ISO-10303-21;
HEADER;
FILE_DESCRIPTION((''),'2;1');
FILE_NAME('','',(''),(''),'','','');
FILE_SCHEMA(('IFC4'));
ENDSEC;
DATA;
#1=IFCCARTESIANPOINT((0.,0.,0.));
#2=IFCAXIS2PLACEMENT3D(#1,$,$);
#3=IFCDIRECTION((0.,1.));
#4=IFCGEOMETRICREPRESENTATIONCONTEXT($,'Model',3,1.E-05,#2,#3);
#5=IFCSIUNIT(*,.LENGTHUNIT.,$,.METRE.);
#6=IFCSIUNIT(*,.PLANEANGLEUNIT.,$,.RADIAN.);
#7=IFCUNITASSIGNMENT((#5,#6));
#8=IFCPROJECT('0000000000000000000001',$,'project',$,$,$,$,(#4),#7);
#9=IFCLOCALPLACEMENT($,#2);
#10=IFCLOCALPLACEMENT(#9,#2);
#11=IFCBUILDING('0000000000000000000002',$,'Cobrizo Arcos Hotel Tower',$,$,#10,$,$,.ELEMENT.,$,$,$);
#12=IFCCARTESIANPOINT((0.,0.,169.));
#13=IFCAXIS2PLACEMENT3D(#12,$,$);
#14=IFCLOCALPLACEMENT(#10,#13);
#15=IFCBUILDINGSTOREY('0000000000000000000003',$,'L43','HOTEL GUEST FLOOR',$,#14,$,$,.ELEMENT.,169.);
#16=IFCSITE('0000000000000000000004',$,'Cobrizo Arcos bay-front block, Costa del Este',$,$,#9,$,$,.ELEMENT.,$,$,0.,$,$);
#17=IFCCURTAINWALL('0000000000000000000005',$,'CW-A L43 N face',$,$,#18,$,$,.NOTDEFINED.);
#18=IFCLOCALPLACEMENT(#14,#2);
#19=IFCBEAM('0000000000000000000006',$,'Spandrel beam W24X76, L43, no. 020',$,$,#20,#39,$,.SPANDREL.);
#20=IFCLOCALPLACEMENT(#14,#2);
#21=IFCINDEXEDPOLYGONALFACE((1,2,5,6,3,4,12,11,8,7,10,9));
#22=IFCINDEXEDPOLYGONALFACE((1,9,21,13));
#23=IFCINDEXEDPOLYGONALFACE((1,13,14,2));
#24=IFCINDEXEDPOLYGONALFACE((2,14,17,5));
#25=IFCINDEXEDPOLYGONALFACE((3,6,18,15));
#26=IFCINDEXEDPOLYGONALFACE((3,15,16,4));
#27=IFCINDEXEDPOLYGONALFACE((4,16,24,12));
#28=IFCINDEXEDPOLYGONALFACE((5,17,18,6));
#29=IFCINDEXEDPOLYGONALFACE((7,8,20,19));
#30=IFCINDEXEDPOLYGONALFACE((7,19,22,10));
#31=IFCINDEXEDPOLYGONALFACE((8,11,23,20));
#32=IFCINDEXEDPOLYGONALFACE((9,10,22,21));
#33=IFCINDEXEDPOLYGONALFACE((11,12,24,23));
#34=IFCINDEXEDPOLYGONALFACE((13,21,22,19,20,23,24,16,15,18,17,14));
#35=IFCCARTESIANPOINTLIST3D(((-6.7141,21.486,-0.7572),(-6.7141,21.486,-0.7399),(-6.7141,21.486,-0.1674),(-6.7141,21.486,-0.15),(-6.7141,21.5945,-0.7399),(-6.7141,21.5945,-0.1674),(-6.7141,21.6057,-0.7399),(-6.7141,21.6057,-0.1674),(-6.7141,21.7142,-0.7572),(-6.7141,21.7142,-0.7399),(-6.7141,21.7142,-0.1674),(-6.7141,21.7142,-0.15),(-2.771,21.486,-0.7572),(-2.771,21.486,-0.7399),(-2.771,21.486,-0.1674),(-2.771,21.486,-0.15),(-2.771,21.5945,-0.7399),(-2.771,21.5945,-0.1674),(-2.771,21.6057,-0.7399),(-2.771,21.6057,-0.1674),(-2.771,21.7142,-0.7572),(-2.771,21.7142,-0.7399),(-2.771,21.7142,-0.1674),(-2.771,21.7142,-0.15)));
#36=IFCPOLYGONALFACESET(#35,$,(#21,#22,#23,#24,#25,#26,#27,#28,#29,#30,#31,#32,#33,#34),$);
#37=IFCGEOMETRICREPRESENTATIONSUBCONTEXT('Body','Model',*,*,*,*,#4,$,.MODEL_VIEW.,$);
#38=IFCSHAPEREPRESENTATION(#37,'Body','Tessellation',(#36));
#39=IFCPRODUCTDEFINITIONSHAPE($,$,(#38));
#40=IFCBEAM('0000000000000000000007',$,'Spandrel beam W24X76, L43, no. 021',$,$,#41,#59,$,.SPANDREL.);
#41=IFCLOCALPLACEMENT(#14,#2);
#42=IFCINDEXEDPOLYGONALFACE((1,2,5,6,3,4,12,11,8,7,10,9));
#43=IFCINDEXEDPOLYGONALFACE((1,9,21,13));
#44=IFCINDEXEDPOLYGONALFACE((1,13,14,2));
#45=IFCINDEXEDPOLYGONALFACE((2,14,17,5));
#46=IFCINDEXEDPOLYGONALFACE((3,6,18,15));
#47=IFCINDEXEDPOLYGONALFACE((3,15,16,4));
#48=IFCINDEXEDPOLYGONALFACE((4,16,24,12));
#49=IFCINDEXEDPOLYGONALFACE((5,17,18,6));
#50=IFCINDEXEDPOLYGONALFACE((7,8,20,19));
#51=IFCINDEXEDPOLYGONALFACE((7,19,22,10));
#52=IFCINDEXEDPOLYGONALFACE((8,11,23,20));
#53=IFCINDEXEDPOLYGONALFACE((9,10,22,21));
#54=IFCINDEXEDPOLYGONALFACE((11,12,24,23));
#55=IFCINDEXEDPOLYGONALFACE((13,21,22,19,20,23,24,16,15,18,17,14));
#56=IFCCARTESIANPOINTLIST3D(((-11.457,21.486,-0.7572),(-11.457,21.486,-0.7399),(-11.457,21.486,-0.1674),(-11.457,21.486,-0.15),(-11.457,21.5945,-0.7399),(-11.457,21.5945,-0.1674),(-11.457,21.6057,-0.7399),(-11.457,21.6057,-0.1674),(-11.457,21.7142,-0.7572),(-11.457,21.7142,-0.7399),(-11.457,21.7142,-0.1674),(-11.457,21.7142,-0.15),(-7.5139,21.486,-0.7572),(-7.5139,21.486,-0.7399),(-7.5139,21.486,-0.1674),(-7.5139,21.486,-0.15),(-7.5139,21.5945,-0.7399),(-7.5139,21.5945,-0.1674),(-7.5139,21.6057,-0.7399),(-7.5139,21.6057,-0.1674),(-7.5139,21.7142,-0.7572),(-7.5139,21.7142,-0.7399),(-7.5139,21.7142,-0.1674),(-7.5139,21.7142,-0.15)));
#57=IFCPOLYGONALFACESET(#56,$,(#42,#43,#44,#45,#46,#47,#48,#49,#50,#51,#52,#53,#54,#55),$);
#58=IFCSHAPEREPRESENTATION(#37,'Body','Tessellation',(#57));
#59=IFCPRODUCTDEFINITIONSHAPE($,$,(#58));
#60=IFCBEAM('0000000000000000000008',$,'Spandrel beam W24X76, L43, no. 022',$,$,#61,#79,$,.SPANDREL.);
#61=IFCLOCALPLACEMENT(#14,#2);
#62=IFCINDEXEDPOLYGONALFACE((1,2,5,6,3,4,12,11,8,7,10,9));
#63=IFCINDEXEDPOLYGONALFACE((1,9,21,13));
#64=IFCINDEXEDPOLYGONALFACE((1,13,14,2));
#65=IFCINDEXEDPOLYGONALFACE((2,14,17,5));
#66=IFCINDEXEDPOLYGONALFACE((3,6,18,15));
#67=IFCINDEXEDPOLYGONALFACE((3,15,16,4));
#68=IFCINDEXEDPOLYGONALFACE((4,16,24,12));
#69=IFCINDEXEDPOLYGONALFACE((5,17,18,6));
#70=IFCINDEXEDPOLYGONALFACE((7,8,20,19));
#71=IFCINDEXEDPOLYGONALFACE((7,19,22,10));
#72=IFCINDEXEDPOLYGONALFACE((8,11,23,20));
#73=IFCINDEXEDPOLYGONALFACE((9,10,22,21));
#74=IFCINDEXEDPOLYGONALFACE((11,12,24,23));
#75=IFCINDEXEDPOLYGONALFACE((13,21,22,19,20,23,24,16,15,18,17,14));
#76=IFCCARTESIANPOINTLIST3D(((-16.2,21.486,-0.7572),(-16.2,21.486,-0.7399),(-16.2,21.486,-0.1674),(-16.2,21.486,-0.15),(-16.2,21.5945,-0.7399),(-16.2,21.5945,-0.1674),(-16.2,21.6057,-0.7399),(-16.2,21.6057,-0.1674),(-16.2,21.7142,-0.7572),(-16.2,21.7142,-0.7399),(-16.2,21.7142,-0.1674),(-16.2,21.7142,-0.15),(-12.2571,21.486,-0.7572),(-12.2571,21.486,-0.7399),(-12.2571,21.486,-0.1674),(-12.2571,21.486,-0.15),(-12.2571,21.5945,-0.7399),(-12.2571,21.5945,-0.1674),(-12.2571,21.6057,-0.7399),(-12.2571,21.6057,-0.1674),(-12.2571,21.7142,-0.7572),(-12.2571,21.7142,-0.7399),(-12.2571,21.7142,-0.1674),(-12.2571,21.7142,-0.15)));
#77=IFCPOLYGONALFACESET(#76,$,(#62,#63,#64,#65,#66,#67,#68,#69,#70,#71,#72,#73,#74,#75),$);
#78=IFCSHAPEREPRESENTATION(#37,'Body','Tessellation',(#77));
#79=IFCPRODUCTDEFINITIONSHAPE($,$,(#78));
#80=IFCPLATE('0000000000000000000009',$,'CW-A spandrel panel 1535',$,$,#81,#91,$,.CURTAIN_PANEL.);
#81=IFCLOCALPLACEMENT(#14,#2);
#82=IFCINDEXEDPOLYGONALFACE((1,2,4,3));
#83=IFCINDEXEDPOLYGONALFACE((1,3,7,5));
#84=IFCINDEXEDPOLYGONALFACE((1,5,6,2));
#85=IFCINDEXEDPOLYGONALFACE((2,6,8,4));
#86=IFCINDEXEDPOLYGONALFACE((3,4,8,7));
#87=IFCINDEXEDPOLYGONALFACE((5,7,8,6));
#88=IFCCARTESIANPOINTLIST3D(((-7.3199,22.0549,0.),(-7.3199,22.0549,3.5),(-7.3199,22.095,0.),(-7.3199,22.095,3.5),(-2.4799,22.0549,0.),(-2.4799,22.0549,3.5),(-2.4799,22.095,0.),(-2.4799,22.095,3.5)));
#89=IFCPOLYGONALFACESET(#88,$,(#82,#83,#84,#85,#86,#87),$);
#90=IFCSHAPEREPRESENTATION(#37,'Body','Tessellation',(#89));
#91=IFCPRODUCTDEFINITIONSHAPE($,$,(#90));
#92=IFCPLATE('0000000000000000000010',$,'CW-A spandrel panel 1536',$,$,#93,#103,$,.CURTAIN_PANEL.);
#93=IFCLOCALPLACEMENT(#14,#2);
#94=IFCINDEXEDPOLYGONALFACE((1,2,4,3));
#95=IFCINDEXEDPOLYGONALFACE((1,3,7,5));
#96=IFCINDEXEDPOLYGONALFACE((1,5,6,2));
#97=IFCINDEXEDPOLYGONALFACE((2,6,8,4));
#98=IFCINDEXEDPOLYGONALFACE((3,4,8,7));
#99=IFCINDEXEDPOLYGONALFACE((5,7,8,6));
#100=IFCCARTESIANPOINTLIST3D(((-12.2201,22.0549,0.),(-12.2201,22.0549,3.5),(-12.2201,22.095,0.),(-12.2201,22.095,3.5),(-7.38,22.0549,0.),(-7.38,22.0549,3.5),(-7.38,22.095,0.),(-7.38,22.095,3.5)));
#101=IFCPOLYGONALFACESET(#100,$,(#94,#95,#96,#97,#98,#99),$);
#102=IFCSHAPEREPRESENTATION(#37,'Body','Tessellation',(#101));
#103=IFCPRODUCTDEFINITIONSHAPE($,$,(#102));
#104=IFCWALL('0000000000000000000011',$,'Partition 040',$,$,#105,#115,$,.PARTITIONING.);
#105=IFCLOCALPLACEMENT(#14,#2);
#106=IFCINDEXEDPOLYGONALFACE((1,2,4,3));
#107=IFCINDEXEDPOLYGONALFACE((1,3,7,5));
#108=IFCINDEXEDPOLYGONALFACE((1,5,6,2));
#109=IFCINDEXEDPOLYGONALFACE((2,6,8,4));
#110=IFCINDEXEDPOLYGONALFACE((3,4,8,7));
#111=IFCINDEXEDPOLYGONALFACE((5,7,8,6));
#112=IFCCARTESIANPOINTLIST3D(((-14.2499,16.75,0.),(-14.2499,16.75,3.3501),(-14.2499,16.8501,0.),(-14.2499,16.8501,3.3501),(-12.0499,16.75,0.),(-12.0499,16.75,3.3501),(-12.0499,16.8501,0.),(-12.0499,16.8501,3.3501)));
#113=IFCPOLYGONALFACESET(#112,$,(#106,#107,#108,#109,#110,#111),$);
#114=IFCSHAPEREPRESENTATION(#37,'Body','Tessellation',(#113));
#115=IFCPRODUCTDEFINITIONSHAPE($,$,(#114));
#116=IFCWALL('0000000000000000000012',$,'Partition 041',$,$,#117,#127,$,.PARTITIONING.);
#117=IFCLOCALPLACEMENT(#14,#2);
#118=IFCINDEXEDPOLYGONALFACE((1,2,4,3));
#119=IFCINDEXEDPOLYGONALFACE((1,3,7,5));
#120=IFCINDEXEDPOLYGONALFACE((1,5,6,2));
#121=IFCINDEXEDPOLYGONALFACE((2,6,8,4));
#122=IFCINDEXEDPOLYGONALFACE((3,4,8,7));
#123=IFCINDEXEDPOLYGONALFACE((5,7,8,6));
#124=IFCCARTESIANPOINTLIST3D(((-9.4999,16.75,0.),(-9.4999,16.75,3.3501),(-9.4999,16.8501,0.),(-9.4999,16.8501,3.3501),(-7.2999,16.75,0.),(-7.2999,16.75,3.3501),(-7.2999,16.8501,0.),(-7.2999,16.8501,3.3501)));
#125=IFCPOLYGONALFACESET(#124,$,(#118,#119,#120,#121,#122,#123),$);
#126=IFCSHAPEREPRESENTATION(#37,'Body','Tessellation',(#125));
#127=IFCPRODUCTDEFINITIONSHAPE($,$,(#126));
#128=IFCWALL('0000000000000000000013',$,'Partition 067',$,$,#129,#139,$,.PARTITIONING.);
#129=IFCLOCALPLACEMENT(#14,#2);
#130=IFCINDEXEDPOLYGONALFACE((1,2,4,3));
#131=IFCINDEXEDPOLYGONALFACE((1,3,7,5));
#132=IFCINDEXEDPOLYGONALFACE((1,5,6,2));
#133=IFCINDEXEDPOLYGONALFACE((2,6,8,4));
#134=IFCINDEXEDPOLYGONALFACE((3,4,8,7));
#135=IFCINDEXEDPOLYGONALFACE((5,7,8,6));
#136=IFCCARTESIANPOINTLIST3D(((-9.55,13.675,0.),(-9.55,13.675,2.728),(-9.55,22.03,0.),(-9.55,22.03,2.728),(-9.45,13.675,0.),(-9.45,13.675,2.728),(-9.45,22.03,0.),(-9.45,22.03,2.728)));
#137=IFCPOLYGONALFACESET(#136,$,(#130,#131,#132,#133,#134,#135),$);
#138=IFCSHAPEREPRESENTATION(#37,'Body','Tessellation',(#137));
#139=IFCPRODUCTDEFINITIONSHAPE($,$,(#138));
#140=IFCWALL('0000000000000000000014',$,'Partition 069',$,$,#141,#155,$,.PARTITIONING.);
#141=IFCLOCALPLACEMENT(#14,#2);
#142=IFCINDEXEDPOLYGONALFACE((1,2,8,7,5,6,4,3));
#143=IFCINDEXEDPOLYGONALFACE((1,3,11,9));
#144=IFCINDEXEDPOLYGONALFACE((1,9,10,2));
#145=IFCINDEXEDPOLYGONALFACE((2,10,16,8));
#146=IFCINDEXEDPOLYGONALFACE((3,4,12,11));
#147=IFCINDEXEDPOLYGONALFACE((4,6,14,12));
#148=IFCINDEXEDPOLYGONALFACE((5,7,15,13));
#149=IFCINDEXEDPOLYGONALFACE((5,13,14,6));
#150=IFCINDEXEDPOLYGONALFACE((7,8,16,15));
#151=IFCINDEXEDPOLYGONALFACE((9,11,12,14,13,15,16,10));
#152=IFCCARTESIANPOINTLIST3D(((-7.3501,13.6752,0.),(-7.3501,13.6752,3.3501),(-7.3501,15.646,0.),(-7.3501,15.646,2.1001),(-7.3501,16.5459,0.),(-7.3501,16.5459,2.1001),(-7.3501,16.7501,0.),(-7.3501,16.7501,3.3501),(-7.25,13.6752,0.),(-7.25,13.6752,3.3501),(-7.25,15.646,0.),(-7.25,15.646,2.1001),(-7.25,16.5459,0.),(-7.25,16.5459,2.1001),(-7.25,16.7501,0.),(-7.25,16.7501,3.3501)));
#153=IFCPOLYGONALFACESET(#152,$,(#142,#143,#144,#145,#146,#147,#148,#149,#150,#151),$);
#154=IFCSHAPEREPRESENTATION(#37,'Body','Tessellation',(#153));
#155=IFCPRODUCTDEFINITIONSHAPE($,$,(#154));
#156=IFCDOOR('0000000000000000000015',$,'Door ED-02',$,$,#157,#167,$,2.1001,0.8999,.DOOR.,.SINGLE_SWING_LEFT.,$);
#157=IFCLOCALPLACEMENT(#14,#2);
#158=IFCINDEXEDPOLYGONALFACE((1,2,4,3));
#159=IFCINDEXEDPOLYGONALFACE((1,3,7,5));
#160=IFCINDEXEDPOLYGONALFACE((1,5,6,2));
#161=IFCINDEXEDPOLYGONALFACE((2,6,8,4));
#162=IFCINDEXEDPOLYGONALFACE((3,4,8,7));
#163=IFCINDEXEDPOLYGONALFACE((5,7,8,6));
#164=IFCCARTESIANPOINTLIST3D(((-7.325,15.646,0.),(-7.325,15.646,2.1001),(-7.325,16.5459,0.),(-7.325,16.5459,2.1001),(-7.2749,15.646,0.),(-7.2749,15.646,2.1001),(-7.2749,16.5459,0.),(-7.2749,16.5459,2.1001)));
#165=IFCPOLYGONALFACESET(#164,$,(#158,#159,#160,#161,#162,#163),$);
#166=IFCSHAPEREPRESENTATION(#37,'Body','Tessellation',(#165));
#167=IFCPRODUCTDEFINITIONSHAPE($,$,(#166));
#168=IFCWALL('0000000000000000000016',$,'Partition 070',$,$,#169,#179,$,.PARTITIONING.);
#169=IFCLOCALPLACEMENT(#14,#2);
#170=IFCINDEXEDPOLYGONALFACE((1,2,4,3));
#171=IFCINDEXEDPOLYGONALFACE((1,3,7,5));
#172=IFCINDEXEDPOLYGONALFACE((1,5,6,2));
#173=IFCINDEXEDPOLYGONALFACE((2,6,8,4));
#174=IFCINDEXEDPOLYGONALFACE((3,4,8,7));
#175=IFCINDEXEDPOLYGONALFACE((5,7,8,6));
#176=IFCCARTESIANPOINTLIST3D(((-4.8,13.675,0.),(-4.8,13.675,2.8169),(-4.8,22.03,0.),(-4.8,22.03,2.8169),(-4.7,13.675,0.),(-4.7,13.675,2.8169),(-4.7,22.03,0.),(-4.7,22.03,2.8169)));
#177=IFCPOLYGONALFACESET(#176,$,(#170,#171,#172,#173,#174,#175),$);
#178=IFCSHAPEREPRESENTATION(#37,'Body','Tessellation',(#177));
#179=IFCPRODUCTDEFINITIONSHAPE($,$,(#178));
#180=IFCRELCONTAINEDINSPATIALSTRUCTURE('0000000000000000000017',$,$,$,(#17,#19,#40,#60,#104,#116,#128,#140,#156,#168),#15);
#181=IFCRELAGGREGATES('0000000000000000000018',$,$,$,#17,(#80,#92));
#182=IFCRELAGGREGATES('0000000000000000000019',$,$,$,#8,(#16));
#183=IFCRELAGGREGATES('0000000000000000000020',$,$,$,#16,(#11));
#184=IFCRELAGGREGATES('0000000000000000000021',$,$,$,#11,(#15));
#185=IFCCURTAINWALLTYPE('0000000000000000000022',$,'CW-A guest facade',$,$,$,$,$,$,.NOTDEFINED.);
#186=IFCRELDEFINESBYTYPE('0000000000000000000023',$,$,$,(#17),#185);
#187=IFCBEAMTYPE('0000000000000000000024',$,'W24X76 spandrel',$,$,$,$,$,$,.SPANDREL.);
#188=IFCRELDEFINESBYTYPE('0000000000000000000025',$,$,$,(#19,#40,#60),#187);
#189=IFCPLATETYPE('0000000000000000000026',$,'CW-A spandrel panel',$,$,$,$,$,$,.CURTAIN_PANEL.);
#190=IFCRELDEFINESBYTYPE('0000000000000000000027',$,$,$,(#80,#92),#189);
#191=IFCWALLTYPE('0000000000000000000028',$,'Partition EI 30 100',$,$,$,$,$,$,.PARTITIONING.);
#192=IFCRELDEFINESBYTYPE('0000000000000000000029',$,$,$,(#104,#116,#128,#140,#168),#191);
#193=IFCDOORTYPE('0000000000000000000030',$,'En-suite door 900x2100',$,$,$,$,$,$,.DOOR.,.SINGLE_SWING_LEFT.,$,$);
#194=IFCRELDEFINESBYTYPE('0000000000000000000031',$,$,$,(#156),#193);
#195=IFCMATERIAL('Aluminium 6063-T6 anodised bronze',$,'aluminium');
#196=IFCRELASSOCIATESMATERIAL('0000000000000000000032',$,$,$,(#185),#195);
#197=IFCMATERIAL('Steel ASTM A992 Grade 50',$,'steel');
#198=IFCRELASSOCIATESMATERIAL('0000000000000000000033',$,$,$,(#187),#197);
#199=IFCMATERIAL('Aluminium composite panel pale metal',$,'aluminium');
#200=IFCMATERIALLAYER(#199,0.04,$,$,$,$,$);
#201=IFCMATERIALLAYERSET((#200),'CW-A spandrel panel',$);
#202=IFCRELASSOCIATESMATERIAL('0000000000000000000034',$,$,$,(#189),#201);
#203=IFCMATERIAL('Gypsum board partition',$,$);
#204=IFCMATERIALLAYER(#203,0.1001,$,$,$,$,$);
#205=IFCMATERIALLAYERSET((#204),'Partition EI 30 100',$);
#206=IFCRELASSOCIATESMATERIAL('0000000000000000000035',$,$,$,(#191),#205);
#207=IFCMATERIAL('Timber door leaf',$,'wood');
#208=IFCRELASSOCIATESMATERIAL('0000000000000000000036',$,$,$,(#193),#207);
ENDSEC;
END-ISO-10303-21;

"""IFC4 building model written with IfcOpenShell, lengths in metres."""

from ifc_helpers import new_model, si_unit, direction, frame, frame_2d, origin, origin_2d, place, context, subcontext, project, spatial, rectangle, i_section, extrude, material, layer, layer_set, material_profile, profile_set, type_object, element, fill, aggregate, save


model = new_model("IFC4")

# Units and contexts
model_context = context("Model", 3, precision=1e-05, world=origin(), true_north=direction((0.0, 1.0)))
body_context = subcontext(model_context, "Body", "Model", "MODEL_VIEW")
ifc_project = project(units=[si_unit("LENGTHUNIT", "METRE"), si_unit("PLANEANGLEUNIT", "RADIAN")], contexts=[model_context])

# Site, building, storey
site_placement = place(None, origin())
site = spatial("IfcSite", under=ifc_project, at=site_placement, Name="Cobrizo Arcos bay-front block, Costa del Este", CompositionType="ELEMENT", RefElevation=0.0)
building_placement = place(site_placement, origin())
building = spatial("IfcBuilding", under=site, at=building_placement, Name="Cobrizo Arcos Hotel Tower", CompositionType="ELEMENT")
storey_placement = place(building_placement, frame((0.0, 0.0, 169.0)))
storey = spatial("IfcBuildingStorey", under=building, at=storey_placement, Name="L43", Description="HOTEL GUEST FLOOR", CompositionType="ELEMENT", Elevation=169.0)

# Curtain wall
ifc_material_1 = material(Name="Aluminium 6063-T6 anodised bronze", Category="aluminium")
curtain_wall_type = type_object("IfcCurtainWallType", Name="CW-A guest facade", PredefinedType="NOTDEFINED", material=ifc_material_1)
curtain_wall_placement = place(storey_placement, origin())
curtain_wall = element("IfcCurtainWall", 1, at=curtain_wall_placement, inside=storey, type_object=curtain_wall_type, Name="CW-A L43 N face", PredefinedType="NOTDEFINED")

# Beams
ifc_material_2 = material(Name="Steel ASTM A992 Grade 50", Category="steel")
ifc_material_profile_1 = material_profile(ifc_material_2, i_section(OverallWidth=0.2283, OverallDepth=0.6072, WebThickness=0.0112, FlangeThickness=0.0173, at=origin_2d()), Name="W24X76")
ifc_profile_set_1 = profile_set([ifc_material_profile_1], Name="Steel ASTM A992 Grade 50")
beam_type_1 = type_object("IfcBeamType", Name="W24X76 spandrel", PredefinedType="SPANDREL", material=ifc_profile_set_1)
for number, where, z_axis, x_axis, name in (
    (2, (-2.771, 21.6001, -0.4536), (-1.0, 0.0, 0.0), (0.0, -1.0, 0.0), "Spandrel beam W24X76, L43, no. 020"),
    (3, (-7.5139, 21.6001, -0.4536), (-1.0, 0.0, 0.0), (0.0, -1.0, 0.0), "Spandrel beam W24X76, L43, no. 021"),
):
    element("IfcBeam", number, at=place(storey_placement, frame(where, z_axis=z_axis, x_axis=x_axis)), inside=storey, type_object=beam_type_1, Name=name, PredefinedType="SPANDREL", context=body_context, shape_type="SweptSolid", body=[
        extrude(i_section(OverallWidth=0.2283, OverallDepth=0.6072, WebThickness=0.0112, FlangeThickness=0.0173, at=origin_2d()), origin(), (0.0, 0.0, 1.0), 3.9431),
    ])
beam_1_placement = place(storey_placement, frame((-12.2571, 21.6001, -0.4536), z_axis=(-1.0, 0.0, 0.0), x_axis=(0.0, -1.0, 0.0)))
element("IfcBeam", 4, at=beam_1_placement, inside=storey, type_object=beam_type_1, Name="Spandrel beam W24X76, L43, no. 022", PredefinedType="SPANDREL", context=body_context, shape_type="SweptSolid", body=[
    extrude(i_section(OverallWidth=0.2283, OverallDepth=0.6072, WebThickness=0.0112, FlangeThickness=0.0173, at=origin_2d()), origin(), (0.0, 0.0, 1.0), 3.9429),
])

# Plates
ifc_material_3 = material(Name="Aluminium composite panel pale metal", Category="aluminium")
ifc_layer_1 = layer(ifc_material_3, 0.04)
ifc_layer_set_1 = layer_set([ifc_layer_1], Name="CW-A spandrel panel")
plate_type = type_object("IfcPlateType", Name="CW-A spandrel panel", PredefinedType="CURTAIN_PANEL", material=ifc_layer_set_1)
plate_1_placement = place(storey_placement, frame((-4.8999, 22.075, 0.0), z_axis=(0.0, 0.0, 1.0), x_axis=(-1.0, 0.0, 0.0)))
plate_1 = element("IfcPlate", 5, at=plate_1_placement, type_object=plate_type, Name="CW-A spandrel panel 1535", PredefinedType="CURTAIN_PANEL", context=body_context, shape_type="SweptSolid", body=[
    extrude(rectangle(XDim=4.8401, YDim=0.04, at=origin_2d()), origin(), (0.0, 0.0, 1.0), 3.5),
])
plate_2_placement = place(storey_placement, frame((-9.8, 22.075, 0.0), z_axis=(0.0, 0.0, 1.0), x_axis=(-1.0, 0.0, 0.0)))
plate_2 = element("IfcPlate", 6, at=plate_2_placement, type_object=plate_type, Name="CW-A spandrel panel 1536", PredefinedType="CURTAIN_PANEL", context=body_context, shape_type="SweptSolid", body=[
    extrude(rectangle(XDim=4.8401, YDim=0.04, at=origin_2d()), origin(), (0.0, 0.0, 1.0), 3.5),
])
aggregate(curtain_wall, [plate_1, plate_2])

# Walls
ifc_material_4 = material(Name="Gypsum board partition")
ifc_layer_2 = layer(ifc_material_4, 0.1001)
ifc_layer_set_2 = layer_set([ifc_layer_2], Name="Partition EI 30 100")
wall_type = type_object("IfcWallType", Name="Partition EI 30 100", PredefinedType="PARTITIONING", material=ifc_layer_set_2)
for number, where, z_axis, x_axis, name in (
    (7, (-14.25, 16.8, 0.0), (0.0, 0.0, 1.0), (1.0, 0.0, 0.0), "Partition 040"),
    (8, (-9.5, 16.8, 0.0), (0.0, 0.0, 1.0), (1.0, 0.0, 0.0), "Partition 041"),
):
    element("IfcWall", number, at=place(storey_placement, frame(where, z_axis=z_axis, x_axis=x_axis)), inside=storey, type_object=wall_type, Name=name, PredefinedType="PARTITIONING", context=body_context, shape_type="SweptSolid", body=[
        extrude(rectangle(XDim=2.2, YDim=0.1001, at=frame_2d((1.1001, 0.0))), origin(), (0.0, 0.0, 1.0), 3.3501),
    ])
wall_1_placement = place(storey_placement, frame((-9.5, 13.675, 0.0), z_axis=(0.0, 0.0, 1.0), x_axis=(0.0, 1.0, 0.0)))
element("IfcWall", 9, at=wall_1_placement, inside=storey, type_object=wall_type, Name="Partition 067", PredefinedType="PARTITIONING", context=body_context, shape_type="SweptSolid", body=[
    extrude(rectangle(XDim=8.355, YDim=0.1001, at=frame_2d((4.1775, 0.0))), origin(), (0.0, 0.0, 1.0), 2.728),
])

# Wall, opening, door
wall_2_placement = place(storey_placement, frame((-7.3, 13.675, 0.0), z_axis=(0.0, 0.0, 1.0), x_axis=(0.0, 1.0, 0.0)))
wall_2 = element("IfcWall", 10, at=wall_2_placement, inside=storey, type_object=wall_type, Name="Partition 069", PredefinedType="PARTITIONING", context=body_context, shape_type="SweptSolid", body=[
    extrude(rectangle(XDim=3.075, YDim=0.1001, at=frame_2d((1.5376, 0.0))), origin(), (0.0, 0.0, 1.0), 3.3501),
])
opening_1_placement = place(wall_2_placement, frame((1.9709, 0.0, 0.0)))
opening_1 = element("IfcOpeningElement", 11, at=opening_1_placement, cuts=wall_2, PredefinedType="OPENING", context=body_context, shape_type="SweptSolid", body=[
    extrude(rectangle(XDim=0.8999, YDim=2.1001, at=frame_2d((0.45, 1.05))), frame((0.0, 0.062, 0.0), z_axis=(0.0, -1.0, 0.0), x_axis=(1.0, 0.0, 0.0)), (0.0, 0.0, 1.0), 0.124),
])
ifc_material_5 = material(Name="Timber door leaf", Category="wood")
door_type_1 = type_object("IfcDoorType", Name="En-suite door 900x2100", OperationType="SINGLE_SWING_LEFT", PredefinedType="DOOR", material=ifc_material_5)
door_1_placement = place(opening_1_placement, origin())
door_1 = element("IfcDoor", 12, at=door_1_placement, inside=storey, type_object=door_type_1, Name="Door ED-02", OperationType="SINGLE_SWING_LEFT", OverallHeight=2.1001, OverallWidth=0.8999, PredefinedType="DOOR", context=body_context, shape_type="SweptSolid", body=[
    extrude(rectangle(XDim=0.8999, YDim=2.1001, at=frame_2d((0.45, 1.05))), frame((0.0, 0.0249, 0.0), z_axis=(0.0, -1.0, 0.0), x_axis=(1.0, 0.0, 0.0)), (0.0, 0.0, 1.0), 0.05),
])
fill(opening_1, door_1)

# Wall
wall_3_placement = place(storey_placement, frame((-4.75, 13.675, 0.0), z_axis=(0.0, 0.0, 1.0), x_axis=(0.0, 1.0, 0.0)))
element("IfcWall", 13, at=wall_3_placement, inside=storey, type_object=wall_type, Name="Partition 070", PredefinedType="PARTITIONING", context=body_context, shape_type="SweptSolid", body=[
    extrude(rectangle(XDim=8.355, YDim=0.1001, at=frame_2d((4.1775, 0.0))), origin(), (0.0, 0.0, 1.0), 2.8169),
])

save(model, "model.ifc")
